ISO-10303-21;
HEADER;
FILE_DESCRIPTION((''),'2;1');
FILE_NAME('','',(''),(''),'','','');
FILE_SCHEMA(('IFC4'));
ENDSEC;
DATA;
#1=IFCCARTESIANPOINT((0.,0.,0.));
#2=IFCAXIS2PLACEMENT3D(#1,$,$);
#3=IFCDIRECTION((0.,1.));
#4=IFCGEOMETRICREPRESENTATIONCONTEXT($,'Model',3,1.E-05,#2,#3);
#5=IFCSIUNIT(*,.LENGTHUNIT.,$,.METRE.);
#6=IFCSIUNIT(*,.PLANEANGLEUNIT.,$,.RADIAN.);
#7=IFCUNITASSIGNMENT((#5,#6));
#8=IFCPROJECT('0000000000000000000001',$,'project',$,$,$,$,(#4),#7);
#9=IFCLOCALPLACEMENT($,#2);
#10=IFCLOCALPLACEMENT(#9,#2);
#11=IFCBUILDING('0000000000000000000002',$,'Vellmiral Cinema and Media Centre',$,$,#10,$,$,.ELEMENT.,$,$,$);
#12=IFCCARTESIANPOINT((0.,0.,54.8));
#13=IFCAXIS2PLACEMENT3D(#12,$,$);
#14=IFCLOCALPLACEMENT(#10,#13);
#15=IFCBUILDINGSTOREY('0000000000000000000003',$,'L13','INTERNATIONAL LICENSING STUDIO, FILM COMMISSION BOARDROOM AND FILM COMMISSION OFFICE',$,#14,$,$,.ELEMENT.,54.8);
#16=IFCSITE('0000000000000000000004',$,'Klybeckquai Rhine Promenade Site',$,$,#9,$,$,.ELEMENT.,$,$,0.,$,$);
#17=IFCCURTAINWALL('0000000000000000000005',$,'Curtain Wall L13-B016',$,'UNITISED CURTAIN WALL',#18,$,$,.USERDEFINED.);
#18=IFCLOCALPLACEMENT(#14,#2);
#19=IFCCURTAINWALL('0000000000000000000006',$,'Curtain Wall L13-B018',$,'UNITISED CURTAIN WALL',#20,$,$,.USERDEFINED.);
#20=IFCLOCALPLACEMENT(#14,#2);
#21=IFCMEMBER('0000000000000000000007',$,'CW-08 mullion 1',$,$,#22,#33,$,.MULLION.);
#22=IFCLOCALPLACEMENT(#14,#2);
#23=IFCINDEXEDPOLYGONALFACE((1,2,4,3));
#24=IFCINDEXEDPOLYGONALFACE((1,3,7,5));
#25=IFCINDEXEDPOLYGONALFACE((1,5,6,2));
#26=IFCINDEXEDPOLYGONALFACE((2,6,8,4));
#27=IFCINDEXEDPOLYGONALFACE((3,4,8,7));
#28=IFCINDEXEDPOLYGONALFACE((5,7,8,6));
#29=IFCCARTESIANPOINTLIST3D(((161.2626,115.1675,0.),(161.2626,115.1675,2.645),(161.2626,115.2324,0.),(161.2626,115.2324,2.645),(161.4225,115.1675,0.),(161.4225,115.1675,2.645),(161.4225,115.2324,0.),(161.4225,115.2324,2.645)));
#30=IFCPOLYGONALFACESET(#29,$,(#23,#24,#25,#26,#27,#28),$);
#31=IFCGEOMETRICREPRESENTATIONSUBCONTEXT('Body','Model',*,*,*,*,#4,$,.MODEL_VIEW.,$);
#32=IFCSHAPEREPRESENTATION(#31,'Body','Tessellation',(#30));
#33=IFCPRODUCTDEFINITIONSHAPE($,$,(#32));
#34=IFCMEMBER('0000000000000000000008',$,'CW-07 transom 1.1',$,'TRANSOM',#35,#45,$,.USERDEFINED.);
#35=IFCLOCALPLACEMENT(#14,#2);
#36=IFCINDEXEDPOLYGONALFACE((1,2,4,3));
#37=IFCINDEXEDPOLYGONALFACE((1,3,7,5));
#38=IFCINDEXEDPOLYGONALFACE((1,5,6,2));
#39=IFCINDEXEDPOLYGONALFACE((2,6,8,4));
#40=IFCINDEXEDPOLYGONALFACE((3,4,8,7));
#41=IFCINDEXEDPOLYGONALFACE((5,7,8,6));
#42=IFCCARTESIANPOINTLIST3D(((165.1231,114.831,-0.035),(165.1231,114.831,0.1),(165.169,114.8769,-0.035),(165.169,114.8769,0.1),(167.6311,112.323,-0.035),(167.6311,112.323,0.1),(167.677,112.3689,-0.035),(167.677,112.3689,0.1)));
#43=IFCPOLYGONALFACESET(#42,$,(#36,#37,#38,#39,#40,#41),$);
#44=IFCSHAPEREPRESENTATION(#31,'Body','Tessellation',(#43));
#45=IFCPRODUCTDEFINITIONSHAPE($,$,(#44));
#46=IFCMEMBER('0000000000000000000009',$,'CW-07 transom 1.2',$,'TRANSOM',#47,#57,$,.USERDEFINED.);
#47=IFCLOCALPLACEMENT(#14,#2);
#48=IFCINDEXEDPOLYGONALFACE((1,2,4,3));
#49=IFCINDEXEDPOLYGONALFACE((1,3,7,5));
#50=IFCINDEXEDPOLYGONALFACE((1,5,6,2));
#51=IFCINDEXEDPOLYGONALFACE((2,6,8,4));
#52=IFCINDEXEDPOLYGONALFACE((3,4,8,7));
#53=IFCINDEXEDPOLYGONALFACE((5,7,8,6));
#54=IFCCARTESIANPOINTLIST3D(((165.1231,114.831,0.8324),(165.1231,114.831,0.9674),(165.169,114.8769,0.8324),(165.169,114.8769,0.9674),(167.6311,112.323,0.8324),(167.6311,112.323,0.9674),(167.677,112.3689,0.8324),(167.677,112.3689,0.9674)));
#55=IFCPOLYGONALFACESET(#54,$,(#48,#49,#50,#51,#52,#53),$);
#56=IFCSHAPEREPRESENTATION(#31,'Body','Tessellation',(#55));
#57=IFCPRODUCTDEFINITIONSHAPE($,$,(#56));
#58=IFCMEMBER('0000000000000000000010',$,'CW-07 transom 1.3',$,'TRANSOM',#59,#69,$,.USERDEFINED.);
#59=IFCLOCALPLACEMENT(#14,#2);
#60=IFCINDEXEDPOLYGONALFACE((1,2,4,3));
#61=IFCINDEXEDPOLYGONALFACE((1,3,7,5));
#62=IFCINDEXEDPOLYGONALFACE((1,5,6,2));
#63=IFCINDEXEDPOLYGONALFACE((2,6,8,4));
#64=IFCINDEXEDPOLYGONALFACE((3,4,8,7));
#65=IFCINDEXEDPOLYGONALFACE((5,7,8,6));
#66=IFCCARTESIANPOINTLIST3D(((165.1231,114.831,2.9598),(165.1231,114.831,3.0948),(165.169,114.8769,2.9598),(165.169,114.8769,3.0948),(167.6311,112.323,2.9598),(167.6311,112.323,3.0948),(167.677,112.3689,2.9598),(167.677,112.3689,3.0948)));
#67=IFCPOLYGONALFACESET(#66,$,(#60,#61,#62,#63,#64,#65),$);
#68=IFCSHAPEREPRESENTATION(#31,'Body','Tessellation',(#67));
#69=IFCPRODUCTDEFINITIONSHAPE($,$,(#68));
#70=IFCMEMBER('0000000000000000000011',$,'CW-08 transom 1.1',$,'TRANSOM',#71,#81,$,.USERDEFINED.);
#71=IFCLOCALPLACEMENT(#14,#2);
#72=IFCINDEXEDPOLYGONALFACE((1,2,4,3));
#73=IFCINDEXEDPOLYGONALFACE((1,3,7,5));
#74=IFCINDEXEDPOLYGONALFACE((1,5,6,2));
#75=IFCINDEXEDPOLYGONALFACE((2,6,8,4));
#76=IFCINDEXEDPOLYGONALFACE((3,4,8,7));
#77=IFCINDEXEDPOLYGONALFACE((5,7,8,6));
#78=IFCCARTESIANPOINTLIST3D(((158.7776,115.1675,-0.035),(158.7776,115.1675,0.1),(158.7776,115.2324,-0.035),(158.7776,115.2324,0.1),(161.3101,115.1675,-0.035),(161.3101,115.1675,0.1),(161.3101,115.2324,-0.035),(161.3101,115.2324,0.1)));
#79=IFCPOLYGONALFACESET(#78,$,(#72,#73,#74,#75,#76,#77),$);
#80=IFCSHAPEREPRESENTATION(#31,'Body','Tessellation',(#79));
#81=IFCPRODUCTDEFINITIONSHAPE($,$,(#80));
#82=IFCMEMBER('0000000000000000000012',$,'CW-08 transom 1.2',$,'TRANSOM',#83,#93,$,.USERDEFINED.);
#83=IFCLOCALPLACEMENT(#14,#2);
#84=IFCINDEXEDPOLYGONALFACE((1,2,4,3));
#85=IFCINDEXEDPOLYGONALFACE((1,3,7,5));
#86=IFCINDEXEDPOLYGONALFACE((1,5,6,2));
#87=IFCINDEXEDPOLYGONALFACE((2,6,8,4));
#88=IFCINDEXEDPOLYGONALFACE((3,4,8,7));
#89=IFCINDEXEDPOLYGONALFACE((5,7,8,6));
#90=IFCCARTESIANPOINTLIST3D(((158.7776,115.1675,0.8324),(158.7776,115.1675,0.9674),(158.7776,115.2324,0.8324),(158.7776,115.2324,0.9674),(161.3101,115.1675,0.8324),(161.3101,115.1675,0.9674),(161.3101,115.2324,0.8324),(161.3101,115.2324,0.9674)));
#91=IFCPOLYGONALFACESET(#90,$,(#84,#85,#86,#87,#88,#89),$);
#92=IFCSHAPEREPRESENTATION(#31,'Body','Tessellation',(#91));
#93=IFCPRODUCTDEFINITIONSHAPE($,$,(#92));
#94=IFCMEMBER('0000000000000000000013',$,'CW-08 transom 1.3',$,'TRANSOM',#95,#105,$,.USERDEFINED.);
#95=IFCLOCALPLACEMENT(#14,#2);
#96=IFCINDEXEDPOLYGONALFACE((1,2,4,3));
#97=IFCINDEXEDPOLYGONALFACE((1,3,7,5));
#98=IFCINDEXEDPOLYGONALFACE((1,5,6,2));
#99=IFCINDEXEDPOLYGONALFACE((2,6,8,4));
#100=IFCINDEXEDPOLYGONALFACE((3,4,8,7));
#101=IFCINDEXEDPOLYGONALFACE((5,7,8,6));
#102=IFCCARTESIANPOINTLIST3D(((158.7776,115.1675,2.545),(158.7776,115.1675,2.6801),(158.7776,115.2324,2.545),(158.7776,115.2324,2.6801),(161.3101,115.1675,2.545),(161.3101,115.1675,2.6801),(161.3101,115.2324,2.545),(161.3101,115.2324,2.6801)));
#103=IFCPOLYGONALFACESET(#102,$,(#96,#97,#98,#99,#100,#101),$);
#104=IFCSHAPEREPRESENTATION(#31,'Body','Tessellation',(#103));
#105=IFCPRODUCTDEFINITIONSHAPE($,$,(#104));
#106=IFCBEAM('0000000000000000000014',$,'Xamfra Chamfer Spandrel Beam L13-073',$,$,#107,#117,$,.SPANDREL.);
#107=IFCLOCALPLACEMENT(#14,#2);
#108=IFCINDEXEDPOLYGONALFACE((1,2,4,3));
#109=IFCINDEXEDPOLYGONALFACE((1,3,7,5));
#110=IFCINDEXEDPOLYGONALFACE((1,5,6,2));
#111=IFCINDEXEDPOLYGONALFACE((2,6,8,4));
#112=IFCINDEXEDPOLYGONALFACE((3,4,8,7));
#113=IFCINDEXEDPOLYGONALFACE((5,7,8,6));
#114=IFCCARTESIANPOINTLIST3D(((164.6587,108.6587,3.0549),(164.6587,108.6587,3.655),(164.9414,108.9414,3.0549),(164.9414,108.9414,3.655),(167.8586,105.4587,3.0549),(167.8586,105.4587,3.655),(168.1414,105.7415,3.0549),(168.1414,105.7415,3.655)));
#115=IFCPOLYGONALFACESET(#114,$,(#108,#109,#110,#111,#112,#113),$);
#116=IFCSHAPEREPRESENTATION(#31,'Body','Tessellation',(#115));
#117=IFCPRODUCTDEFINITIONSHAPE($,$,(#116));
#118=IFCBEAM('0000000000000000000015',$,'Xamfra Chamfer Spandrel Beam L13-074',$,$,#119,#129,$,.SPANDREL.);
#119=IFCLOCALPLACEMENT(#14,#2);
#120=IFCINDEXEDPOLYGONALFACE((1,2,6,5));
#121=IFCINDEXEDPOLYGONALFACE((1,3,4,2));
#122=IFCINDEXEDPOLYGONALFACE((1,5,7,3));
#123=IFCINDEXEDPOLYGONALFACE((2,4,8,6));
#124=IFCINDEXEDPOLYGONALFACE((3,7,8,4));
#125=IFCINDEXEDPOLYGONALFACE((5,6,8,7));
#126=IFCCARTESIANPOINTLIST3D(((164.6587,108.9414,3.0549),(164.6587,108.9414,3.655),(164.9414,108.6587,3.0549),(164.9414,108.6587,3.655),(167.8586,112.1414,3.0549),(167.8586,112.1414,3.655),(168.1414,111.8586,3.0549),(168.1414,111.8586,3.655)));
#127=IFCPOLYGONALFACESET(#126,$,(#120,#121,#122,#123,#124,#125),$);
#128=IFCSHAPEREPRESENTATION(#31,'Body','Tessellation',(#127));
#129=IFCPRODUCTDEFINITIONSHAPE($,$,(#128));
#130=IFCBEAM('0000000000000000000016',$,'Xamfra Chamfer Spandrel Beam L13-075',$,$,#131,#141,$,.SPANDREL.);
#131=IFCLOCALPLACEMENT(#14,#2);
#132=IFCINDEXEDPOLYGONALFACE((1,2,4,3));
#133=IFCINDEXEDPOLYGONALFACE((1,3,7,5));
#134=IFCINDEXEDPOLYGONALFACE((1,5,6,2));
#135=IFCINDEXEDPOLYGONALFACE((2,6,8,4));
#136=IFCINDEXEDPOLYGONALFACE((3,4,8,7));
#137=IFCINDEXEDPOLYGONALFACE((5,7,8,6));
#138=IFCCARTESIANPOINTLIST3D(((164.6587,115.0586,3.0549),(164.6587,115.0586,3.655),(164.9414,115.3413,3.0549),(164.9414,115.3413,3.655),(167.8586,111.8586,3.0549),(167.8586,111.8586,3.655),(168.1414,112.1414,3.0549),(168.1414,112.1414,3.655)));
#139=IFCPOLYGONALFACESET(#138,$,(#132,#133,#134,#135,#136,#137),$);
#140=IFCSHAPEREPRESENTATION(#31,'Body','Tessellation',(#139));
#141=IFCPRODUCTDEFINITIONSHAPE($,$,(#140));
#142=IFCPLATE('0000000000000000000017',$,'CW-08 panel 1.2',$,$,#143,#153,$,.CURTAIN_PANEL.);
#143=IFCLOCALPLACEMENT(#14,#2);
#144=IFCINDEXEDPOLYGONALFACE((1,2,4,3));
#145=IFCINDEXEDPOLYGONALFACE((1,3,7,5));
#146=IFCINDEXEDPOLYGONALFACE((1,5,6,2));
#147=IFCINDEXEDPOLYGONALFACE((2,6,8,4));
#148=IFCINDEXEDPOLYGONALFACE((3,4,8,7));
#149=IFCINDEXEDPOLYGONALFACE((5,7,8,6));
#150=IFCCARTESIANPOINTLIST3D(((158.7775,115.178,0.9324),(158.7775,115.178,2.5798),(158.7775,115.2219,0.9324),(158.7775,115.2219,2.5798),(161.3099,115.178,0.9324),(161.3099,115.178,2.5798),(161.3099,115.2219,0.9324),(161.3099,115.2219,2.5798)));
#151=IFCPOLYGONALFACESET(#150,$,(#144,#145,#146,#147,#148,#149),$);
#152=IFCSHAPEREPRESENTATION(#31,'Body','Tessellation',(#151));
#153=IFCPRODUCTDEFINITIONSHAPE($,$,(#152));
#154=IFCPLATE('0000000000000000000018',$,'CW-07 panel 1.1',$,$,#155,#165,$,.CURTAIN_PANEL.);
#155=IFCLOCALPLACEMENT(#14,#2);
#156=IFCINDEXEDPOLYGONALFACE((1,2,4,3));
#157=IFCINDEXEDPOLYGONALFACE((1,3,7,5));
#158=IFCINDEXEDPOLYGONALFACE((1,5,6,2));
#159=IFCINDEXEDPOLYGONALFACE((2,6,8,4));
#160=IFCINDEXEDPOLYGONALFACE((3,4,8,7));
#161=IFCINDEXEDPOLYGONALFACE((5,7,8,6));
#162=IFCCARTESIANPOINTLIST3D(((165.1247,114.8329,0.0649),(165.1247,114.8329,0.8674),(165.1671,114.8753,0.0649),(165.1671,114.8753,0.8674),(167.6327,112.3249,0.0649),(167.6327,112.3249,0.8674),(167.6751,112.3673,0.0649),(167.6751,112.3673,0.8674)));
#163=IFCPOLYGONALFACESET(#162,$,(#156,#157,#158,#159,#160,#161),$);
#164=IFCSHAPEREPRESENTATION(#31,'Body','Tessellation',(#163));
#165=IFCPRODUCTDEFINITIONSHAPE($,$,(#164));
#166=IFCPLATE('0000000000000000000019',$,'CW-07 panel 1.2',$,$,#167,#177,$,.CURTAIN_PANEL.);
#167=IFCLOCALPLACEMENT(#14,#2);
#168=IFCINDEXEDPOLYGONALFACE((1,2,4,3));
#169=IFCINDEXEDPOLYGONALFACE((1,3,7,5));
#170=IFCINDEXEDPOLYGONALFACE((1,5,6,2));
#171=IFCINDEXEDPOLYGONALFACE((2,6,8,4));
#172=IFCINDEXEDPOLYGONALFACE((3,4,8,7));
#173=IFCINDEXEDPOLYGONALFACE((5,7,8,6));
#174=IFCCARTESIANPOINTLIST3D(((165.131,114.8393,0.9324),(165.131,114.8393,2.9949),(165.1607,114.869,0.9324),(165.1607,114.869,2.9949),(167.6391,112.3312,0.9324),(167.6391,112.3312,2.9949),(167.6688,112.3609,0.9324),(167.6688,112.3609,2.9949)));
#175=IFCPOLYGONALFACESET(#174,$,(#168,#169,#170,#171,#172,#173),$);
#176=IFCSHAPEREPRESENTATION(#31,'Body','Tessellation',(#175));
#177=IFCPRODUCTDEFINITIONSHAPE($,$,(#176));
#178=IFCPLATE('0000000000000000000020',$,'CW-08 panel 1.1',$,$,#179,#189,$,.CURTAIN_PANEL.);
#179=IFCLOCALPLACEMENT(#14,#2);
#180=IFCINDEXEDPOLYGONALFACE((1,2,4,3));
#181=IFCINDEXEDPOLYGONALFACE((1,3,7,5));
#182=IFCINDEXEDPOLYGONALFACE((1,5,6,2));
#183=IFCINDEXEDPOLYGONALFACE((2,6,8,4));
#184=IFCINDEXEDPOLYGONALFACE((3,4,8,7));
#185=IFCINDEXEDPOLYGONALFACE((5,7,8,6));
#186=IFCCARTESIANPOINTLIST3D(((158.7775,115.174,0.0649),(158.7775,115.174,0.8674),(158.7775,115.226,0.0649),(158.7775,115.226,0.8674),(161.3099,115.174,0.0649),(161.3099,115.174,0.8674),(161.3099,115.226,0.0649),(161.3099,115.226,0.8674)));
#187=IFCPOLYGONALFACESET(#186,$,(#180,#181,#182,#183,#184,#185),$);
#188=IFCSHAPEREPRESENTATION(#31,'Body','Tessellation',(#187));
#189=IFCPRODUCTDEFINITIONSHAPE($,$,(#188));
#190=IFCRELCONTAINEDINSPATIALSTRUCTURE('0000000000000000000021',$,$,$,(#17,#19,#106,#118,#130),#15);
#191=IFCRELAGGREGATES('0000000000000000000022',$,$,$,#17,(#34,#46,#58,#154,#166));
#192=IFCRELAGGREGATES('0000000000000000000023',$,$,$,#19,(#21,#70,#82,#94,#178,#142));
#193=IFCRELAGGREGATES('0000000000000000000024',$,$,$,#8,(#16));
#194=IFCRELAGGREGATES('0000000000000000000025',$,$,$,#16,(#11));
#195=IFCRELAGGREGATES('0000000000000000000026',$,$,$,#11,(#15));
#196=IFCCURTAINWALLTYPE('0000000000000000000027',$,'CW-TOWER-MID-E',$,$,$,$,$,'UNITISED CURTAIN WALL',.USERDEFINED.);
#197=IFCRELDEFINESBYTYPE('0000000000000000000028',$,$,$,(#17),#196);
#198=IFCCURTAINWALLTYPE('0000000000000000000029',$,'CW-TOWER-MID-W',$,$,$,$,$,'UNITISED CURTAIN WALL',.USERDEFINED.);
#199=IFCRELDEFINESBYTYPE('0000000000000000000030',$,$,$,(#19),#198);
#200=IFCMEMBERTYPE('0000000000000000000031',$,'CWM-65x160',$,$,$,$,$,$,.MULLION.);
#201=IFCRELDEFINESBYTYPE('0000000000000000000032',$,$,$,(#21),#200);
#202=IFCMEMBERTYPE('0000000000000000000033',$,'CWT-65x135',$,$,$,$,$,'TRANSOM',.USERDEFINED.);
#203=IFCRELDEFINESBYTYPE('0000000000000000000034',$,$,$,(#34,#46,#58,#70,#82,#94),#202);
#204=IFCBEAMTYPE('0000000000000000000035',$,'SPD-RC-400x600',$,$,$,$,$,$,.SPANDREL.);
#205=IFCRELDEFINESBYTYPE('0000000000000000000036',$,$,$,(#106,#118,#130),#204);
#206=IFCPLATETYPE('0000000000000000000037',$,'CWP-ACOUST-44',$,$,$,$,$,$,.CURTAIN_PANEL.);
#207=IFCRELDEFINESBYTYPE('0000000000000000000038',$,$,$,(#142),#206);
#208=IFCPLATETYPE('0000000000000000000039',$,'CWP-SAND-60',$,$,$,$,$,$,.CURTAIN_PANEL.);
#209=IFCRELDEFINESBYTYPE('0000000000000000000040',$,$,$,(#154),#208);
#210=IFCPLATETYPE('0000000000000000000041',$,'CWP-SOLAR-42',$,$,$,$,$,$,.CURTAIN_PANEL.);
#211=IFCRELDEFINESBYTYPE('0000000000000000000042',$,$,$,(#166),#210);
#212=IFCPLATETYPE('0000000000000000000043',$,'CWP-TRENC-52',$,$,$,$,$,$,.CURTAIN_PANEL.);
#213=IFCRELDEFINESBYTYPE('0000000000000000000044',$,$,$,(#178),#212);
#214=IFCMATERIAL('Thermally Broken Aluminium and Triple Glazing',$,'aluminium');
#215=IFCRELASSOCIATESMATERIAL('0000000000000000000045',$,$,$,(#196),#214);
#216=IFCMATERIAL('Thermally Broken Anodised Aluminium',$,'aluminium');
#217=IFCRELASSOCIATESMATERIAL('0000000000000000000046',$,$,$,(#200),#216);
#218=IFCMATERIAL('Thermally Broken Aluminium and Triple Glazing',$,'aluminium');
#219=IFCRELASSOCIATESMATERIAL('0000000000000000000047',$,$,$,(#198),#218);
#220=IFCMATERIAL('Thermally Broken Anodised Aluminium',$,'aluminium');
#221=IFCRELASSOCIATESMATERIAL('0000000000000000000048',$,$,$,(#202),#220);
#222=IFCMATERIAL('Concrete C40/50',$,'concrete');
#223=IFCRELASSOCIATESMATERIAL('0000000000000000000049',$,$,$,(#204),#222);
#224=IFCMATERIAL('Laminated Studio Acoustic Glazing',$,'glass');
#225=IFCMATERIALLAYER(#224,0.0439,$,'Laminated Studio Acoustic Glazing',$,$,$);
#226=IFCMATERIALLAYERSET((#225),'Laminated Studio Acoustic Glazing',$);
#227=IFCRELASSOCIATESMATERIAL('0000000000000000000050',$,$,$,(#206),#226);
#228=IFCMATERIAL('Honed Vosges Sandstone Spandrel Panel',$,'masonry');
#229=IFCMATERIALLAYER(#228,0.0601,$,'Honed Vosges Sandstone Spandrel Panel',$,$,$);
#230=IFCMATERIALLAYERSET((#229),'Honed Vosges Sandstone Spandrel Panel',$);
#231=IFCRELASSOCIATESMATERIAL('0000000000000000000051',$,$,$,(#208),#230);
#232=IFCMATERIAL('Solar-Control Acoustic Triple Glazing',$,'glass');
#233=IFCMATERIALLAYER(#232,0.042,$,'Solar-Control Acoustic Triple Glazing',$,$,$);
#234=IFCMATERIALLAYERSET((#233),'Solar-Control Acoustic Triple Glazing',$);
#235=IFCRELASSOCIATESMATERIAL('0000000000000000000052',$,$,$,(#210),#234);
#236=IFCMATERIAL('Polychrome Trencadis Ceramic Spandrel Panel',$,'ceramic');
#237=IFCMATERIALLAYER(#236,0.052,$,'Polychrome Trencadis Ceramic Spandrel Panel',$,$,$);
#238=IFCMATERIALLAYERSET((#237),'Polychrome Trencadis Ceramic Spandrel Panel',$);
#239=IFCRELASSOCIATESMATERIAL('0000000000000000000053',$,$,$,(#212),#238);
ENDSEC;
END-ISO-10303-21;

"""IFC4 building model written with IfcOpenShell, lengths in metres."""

from ifc_helpers import new_model, si_unit, direction, frame, origin, origin_2d, place, context, subcontext, project, spatial, rectangle, extrude, material, layer, layer_set, material_profile, profile_set, type_object, element, aggregate, save


model = new_model("IFC4")

# Units and contexts
model_context = context("Model", 3, precision=1e-05, world=origin(), true_north=direction((0.0, 1.0)))
body_context = subcontext(model_context, "Body", "Model", "MODEL_VIEW")
ifc_project = project(units=[si_unit("LENGTHUNIT", "METRE"), si_unit("PLANEANGLEUNIT", "RADIAN")], contexts=[model_context])

# Site, building, storey
site_placement = place(None, origin())
site = spatial("IfcSite", under=ifc_project, at=site_placement, Name="Klybeckquai Rhine Promenade Site", CompositionType="ELEMENT", RefElevation=0.0)
building_placement = place(site_placement, origin())
building = spatial("IfcBuilding", under=site, at=building_placement, Name="Vellmiral Cinema and Media Centre", CompositionType="ELEMENT")
storey_placement = place(building_placement, frame((0.0, 0.0, 54.8)))
storey = spatial("IfcBuildingStorey", under=building, at=storey_placement, Name="L13", Description="INTERNATIONAL LICENSING STUDIO, FILM COMMISSION BOARDROOM AND FILM COMMISSION OFFICE", CompositionType="ELEMENT", Elevation=54.8)

# Curtain wall
ifc_material_1 = material(Name="Thermally Broken Aluminium and Triple Glazing", Category="aluminium")
curtain_wall_type_1 = type_object("IfcCurtainWallType", Name="CW-TOWER-MID-E", ElementType="UNITISED CURTAIN WALL", PredefinedType="USERDEFINED", material=ifc_material_1)
curtain_wall_1_placement = place(storey_placement, origin())
curtain_wall_1 = element("IfcCurtainWall", 1, at=curtain_wall_1_placement, inside=storey, type_object=curtain_wall_type_1, Name="Curtain Wall L13-B016", ObjectType="UNITISED CURTAIN WALL", PredefinedType="USERDEFINED")
ifc_material_2 = material(Name="Thermally Broken Anodised Aluminium", Category="aluminium")
ifc_material_profile_1 = material_profile(ifc_material_2, rectangle(XDim=0.0649, YDim=0.1599, at=origin_2d()), Name="MULL 65x160")
ifc_profile_set_1 = profile_set([ifc_material_profile_1], Name="Thermally Broken Anodised Aluminium")
member_type_1 = type_object("IfcMemberType", Name="CWM-65x160", PredefinedType="MULLION", material=ifc_profile_set_1)

# Curtain wall, member
ifc_material_3 = material(Name="Thermally Broken Aluminium and Triple Glazing", Category="aluminium")
curtain_wall_type_2 = type_object("IfcCurtainWallType", Name="CW-TOWER-MID-W", ElementType="UNITISED CURTAIN WALL", PredefinedType="USERDEFINED", material=ifc_material_3)
curtain_wall_2_placement = place(storey_placement, origin())
curtain_wall_2 = element("IfcCurtainWall", 2, at=curtain_wall_2_placement, inside=storey, type_object=curtain_wall_type_2, Name="Curtain Wall L13-B018", ObjectType="UNITISED CURTAIN WALL", PredefinedType="USERDEFINED")
member_1_placement = place(storey_placement, frame((161.3425, 115.2, 0.0), z_axis=(0.0, 0.0, 1.0), x_axis=(0.0, -1.0, 0.0)))
member_1 = element("IfcMember", 3, at=member_1_placement, type_object=member_type_1, Name="CW-08 mullion 1", PredefinedType="MULLION", context=body_context, shape_type="SweptSolid", body=[
    extrude(rectangle(XDim=0.0649, YDim=0.1599, at=origin_2d()), origin(), (0.0, 0.0, 1.0), 2.645),
])

# Members
ifc_material_4 = material(Name="Thermally Broken Anodised Aluminium", Category="aluminium")
ifc_material_profile_2 = material_profile(ifc_material_4, rectangle(XDim=0.0649, YDim=0.135, at=origin_2d()), Name="MULL 65x135")
ifc_profile_set_2 = profile_set([ifc_material_profile_2], Name="Thermally Broken Anodised Aluminium")
member_type_2 = type_object("IfcMemberType", Name="CWT-65x135", ElementType="TRANSOM", PredefinedType="USERDEFINED", material=ifc_profile_set_2)
member_2_placement = place(storey_placement, frame((167.6541, 112.3459, 0.0325), z_axis=(-0.707107, 0.707107, 0.0), x_axis=(-0.707107, -0.707107, 0.0)))
member_2 = element("IfcMember", 4, at=member_2_placement, type_object=member_type_2, Name="CW-07 transom 1.1", ObjectType="TRANSOM", PredefinedType="USERDEFINED", context=body_context, shape_type="SweptSolid", body=[
    extrude(rectangle(XDim=0.0649, YDim=0.135, at=origin_2d()), origin(), (0.0, 0.0, 1.0), 3.5469),
])
member_3_placement = place(storey_placement, frame((167.6541, 112.3459, 0.8999), z_axis=(-0.707107, 0.707107, 0.0), x_axis=(-0.707107, -0.707107, 0.0)))
member_3 = element("IfcMember", 5, at=member_3_placement, type_object=member_type_2, Name="CW-07 transom 1.2", ObjectType="TRANSOM", PredefinedType="USERDEFINED", context=body_context, shape_type="SweptSolid", body=[
    extrude(rectangle(XDim=0.0649, YDim=0.135, at=origin_2d()), origin(), (0.0, 0.0, 1.0), 3.5469),
])
member_4_placement = place(storey_placement, frame((167.6541, 112.3459, 3.0273), z_axis=(-0.707107, 0.707107, 0.0), x_axis=(-0.707107, -0.707107, 0.0)))
member_4 = element("IfcMember", 6, at=member_4_placement, type_object=member_type_2, Name="CW-07 transom 1.3", ObjectType="TRANSOM", PredefinedType="USERDEFINED", context=body_context, shape_type="SweptSolid", body=[
    extrude(rectangle(XDim=0.0649, YDim=0.135, at=origin_2d()), origin(), (0.0, 0.0, 1.0), 3.5469),
])
member_5_placement = place(storey_placement, frame((161.3101, 115.2, 0.0325), z_axis=(-1.0, 0.0, 0.0), x_axis=(0.0, -1.0, 0.0)))
member_5 = element("IfcMember", 7, at=member_5_placement, type_object=member_type_2, Name="CW-08 transom 1.1", ObjectType="TRANSOM", PredefinedType="USERDEFINED", context=body_context, shape_type="SweptSolid", body=[
    extrude(rectangle(XDim=0.0649, YDim=0.135, at=origin_2d()), origin(), (0.0, 0.0, 1.0), 2.5325),
])
member_6_placement = place(storey_placement, frame((161.3101, 115.2, 0.8999), z_axis=(-1.0, 0.0, 0.0), x_axis=(0.0, -1.0, 0.0)))
member_6 = element("IfcMember", 8, at=member_6_placement, type_object=member_type_2, Name="CW-08 transom 1.2", ObjectType="TRANSOM", PredefinedType="USERDEFINED", context=body_context, shape_type="SweptSolid", body=[
    extrude(rectangle(XDim=0.0649, YDim=0.135, at=origin_2d()), origin(), (0.0, 0.0, 1.0), 2.5325),
])
member_7_placement = place(storey_placement, frame((161.3101, 115.2, 2.6125), z_axis=(-1.0, 0.0, 0.0), x_axis=(0.0, -1.0, 0.0)))
member_7 = element("IfcMember", 9, at=member_7_placement, type_object=member_type_2, Name="CW-08 transom 1.3", ObjectType="TRANSOM", PredefinedType="USERDEFINED", context=body_context, shape_type="SweptSolid", body=[
    extrude(rectangle(XDim=0.0649, YDim=0.135, at=origin_2d()), origin(), (0.0, 0.0, 1.0), 2.5325),
])

# Beams
ifc_material_5 = material(Name="Concrete C40/50", Category="concrete")
ifc_material_profile_3 = material_profile(ifc_material_5, rectangle(XDim=0.3999, YDim=0.6001, at=origin_2d()), Name="RC 400x600")
ifc_profile_set_3 = profile_set([ifc_material_profile_3], Name="Concrete C40/50")
beam_type_1 = type_object("IfcBeamType", Name="SPD-RC-400x600", PredefinedType="SPANDREL", material=ifc_profile_set_3)
for number, where, z_axis, x_axis, name in (
    (10, (164.8, 108.8, 3.355), (0.707107, -0.707107, 0.0), (0.707107, 0.707107, 0.0), "Xamfra Chamfer Spandrel Beam L13-073"),
    (11, (164.8, 108.8, 3.355), (0.707107, 0.707107, 0.0), (-0.707107, 0.707107, 0.0), "Xamfra Chamfer Spandrel Beam L13-074"),
    (12, (164.8, 115.2, 3.355), (0.707107, -0.707107, 0.0), (0.707107, 0.707107, 0.0), "Xamfra Chamfer Spandrel Beam L13-075"),
):
    element("IfcBeam", number, at=place(storey_placement, frame(where, z_axis=z_axis, x_axis=x_axis)), inside=storey, type_object=beam_type_1, Name=name, PredefinedType="SPANDREL", context=body_context, shape_type="SweptSolid", body=[
        extrude(rectangle(XDim=0.3999, YDim=0.6001, at=origin_2d()), origin(), (0.0, 0.0, 1.0), 4.5254),
    ])

# Plates
ifc_material_6 = material(Name="Laminated Studio Acoustic Glazing", Category="glass")
ifc_layer_1 = layer(ifc_material_6, 0.0439, Name="Laminated Studio Acoustic Glazing")
ifc_layer_set_1 = layer_set([ifc_layer_1], Name="Laminated Studio Acoustic Glazing")
plate_type_1 = type_object("IfcPlateType", Name="CWP-ACOUST-44", PredefinedType="CURTAIN_PANEL", material=ifc_layer_set_1)
plate_1_placement = place(storey_placement, frame((160.0437, 115.2, 0.9324), z_axis=(0.0, 0.0, 1.0), x_axis=(-1.0, 0.0, 0.0)))
plate_1 = element("IfcPlate", 13, at=plate_1_placement, type_object=plate_type_1, Name="CW-08 panel 1.2", PredefinedType="CURTAIN_PANEL", context=body_context, shape_type="SweptSolid", body=[
    extrude(rectangle(XDim=2.5325, YDim=0.0439, at=origin_2d()), origin(), (0.0, 0.0, 1.0), 1.6475),
])
ifc_material_7 = material(Name="Honed Vosges Sandstone Spandrel Panel", Category="masonry")
ifc_layer_2 = layer(ifc_material_7, 0.0601, Name="Honed Vosges Sandstone Spandrel Panel")
ifc_layer_set_2 = layer_set([ifc_layer_2], Name="Honed Vosges Sandstone Spandrel Panel")
plate_type_2 = type_object("IfcPlateType", Name="CWP-SAND-60", PredefinedType="CURTAIN_PANEL", material=ifc_layer_set_2)
plate_2_placement = place(storey_placement, frame((166.3999, 113.6001, 0.0649), z_axis=(0.0, 0.0, 1.0), x_axis=(-0.707107, 0.707107, 0.0)))
plate_2 = element("IfcPlate", 14, at=plate_2_placement, type_object=plate_type_2, Name="CW-07 panel 1.1", PredefinedType="CURTAIN_PANEL", context=body_context, shape_type="SweptSolid", body=[
    extrude(rectangle(XDim=3.5469, YDim=0.0601, at=origin_2d()), origin(), (0.0, 0.0, 1.0), 0.8025),
])
ifc_material_8 = material(Name="Solar-Control Acoustic Triple Glazing", Category="glass")
ifc_layer_3 = layer(ifc_material_8, 0.042, Name="Solar-Control Acoustic Triple Glazing")
ifc_layer_set_3 = layer_set([ifc_layer_3], Name="Solar-Control Acoustic Triple Glazing")
plate_type_3 = type_object("IfcPlateType", Name="CWP-SOLAR-42", PredefinedType="CURTAIN_PANEL", material=ifc_layer_set_3)
plate_3_placement = place(storey_placement, frame((166.3999, 113.6001, 0.9324), z_axis=(0.0, 0.0, 1.0), x_axis=(-0.707107, 0.707107, 0.0)))
plate_3 = element("IfcPlate", 15, at=plate_3_placement, type_object=plate_type_3, Name="CW-07 panel 1.2", PredefinedType="CURTAIN_PANEL", context=body_context, shape_type="SweptSolid", body=[
    extrude(rectangle(XDim=3.5469, YDim=0.042, at=origin_2d()), origin(), (0.0, 0.0, 1.0), 2.0625),
])
aggregate(curtain_wall_1, [member_2, member_3, member_4, plate_2, plate_3])
ifc_material_9 = material(Name="Polychrome Trencadis Ceramic Spandrel Panel", Category="ceramic")
ifc_layer_4 = layer(ifc_material_9, 0.052, Name="Polychrome Trencadis Ceramic Spandrel Panel")
ifc_layer_set_4 = layer_set([ifc_layer_4], Name="Polychrome Trencadis Ceramic Spandrel Panel")
plate_type_4 = type_object("IfcPlateType", Name="CWP-TRENC-52", PredefinedType="CURTAIN_PANEL", material=ifc_layer_set_4)
plate_4_placement = place(storey_placement, frame((160.0437, 115.2, 0.0649), z_axis=(0.0, 0.0, 1.0), x_axis=(-1.0, 0.0, 0.0)))
plate_4 = element("IfcPlate", 16, at=plate_4_placement, type_object=plate_type_4, Name="CW-08 panel 1.1", PredefinedType="CURTAIN_PANEL", context=body_context, shape_type="SweptSolid", body=[
    extrude(rectangle(XDim=2.5325, YDim=0.052, at=origin_2d()), origin(), (0.0, 0.0, 1.0), 0.8025),
])
aggregate(curtain_wall_2, [member_1, member_5, member_6, member_7, plate_4, plate_1])

save(model, "model.ifc")
